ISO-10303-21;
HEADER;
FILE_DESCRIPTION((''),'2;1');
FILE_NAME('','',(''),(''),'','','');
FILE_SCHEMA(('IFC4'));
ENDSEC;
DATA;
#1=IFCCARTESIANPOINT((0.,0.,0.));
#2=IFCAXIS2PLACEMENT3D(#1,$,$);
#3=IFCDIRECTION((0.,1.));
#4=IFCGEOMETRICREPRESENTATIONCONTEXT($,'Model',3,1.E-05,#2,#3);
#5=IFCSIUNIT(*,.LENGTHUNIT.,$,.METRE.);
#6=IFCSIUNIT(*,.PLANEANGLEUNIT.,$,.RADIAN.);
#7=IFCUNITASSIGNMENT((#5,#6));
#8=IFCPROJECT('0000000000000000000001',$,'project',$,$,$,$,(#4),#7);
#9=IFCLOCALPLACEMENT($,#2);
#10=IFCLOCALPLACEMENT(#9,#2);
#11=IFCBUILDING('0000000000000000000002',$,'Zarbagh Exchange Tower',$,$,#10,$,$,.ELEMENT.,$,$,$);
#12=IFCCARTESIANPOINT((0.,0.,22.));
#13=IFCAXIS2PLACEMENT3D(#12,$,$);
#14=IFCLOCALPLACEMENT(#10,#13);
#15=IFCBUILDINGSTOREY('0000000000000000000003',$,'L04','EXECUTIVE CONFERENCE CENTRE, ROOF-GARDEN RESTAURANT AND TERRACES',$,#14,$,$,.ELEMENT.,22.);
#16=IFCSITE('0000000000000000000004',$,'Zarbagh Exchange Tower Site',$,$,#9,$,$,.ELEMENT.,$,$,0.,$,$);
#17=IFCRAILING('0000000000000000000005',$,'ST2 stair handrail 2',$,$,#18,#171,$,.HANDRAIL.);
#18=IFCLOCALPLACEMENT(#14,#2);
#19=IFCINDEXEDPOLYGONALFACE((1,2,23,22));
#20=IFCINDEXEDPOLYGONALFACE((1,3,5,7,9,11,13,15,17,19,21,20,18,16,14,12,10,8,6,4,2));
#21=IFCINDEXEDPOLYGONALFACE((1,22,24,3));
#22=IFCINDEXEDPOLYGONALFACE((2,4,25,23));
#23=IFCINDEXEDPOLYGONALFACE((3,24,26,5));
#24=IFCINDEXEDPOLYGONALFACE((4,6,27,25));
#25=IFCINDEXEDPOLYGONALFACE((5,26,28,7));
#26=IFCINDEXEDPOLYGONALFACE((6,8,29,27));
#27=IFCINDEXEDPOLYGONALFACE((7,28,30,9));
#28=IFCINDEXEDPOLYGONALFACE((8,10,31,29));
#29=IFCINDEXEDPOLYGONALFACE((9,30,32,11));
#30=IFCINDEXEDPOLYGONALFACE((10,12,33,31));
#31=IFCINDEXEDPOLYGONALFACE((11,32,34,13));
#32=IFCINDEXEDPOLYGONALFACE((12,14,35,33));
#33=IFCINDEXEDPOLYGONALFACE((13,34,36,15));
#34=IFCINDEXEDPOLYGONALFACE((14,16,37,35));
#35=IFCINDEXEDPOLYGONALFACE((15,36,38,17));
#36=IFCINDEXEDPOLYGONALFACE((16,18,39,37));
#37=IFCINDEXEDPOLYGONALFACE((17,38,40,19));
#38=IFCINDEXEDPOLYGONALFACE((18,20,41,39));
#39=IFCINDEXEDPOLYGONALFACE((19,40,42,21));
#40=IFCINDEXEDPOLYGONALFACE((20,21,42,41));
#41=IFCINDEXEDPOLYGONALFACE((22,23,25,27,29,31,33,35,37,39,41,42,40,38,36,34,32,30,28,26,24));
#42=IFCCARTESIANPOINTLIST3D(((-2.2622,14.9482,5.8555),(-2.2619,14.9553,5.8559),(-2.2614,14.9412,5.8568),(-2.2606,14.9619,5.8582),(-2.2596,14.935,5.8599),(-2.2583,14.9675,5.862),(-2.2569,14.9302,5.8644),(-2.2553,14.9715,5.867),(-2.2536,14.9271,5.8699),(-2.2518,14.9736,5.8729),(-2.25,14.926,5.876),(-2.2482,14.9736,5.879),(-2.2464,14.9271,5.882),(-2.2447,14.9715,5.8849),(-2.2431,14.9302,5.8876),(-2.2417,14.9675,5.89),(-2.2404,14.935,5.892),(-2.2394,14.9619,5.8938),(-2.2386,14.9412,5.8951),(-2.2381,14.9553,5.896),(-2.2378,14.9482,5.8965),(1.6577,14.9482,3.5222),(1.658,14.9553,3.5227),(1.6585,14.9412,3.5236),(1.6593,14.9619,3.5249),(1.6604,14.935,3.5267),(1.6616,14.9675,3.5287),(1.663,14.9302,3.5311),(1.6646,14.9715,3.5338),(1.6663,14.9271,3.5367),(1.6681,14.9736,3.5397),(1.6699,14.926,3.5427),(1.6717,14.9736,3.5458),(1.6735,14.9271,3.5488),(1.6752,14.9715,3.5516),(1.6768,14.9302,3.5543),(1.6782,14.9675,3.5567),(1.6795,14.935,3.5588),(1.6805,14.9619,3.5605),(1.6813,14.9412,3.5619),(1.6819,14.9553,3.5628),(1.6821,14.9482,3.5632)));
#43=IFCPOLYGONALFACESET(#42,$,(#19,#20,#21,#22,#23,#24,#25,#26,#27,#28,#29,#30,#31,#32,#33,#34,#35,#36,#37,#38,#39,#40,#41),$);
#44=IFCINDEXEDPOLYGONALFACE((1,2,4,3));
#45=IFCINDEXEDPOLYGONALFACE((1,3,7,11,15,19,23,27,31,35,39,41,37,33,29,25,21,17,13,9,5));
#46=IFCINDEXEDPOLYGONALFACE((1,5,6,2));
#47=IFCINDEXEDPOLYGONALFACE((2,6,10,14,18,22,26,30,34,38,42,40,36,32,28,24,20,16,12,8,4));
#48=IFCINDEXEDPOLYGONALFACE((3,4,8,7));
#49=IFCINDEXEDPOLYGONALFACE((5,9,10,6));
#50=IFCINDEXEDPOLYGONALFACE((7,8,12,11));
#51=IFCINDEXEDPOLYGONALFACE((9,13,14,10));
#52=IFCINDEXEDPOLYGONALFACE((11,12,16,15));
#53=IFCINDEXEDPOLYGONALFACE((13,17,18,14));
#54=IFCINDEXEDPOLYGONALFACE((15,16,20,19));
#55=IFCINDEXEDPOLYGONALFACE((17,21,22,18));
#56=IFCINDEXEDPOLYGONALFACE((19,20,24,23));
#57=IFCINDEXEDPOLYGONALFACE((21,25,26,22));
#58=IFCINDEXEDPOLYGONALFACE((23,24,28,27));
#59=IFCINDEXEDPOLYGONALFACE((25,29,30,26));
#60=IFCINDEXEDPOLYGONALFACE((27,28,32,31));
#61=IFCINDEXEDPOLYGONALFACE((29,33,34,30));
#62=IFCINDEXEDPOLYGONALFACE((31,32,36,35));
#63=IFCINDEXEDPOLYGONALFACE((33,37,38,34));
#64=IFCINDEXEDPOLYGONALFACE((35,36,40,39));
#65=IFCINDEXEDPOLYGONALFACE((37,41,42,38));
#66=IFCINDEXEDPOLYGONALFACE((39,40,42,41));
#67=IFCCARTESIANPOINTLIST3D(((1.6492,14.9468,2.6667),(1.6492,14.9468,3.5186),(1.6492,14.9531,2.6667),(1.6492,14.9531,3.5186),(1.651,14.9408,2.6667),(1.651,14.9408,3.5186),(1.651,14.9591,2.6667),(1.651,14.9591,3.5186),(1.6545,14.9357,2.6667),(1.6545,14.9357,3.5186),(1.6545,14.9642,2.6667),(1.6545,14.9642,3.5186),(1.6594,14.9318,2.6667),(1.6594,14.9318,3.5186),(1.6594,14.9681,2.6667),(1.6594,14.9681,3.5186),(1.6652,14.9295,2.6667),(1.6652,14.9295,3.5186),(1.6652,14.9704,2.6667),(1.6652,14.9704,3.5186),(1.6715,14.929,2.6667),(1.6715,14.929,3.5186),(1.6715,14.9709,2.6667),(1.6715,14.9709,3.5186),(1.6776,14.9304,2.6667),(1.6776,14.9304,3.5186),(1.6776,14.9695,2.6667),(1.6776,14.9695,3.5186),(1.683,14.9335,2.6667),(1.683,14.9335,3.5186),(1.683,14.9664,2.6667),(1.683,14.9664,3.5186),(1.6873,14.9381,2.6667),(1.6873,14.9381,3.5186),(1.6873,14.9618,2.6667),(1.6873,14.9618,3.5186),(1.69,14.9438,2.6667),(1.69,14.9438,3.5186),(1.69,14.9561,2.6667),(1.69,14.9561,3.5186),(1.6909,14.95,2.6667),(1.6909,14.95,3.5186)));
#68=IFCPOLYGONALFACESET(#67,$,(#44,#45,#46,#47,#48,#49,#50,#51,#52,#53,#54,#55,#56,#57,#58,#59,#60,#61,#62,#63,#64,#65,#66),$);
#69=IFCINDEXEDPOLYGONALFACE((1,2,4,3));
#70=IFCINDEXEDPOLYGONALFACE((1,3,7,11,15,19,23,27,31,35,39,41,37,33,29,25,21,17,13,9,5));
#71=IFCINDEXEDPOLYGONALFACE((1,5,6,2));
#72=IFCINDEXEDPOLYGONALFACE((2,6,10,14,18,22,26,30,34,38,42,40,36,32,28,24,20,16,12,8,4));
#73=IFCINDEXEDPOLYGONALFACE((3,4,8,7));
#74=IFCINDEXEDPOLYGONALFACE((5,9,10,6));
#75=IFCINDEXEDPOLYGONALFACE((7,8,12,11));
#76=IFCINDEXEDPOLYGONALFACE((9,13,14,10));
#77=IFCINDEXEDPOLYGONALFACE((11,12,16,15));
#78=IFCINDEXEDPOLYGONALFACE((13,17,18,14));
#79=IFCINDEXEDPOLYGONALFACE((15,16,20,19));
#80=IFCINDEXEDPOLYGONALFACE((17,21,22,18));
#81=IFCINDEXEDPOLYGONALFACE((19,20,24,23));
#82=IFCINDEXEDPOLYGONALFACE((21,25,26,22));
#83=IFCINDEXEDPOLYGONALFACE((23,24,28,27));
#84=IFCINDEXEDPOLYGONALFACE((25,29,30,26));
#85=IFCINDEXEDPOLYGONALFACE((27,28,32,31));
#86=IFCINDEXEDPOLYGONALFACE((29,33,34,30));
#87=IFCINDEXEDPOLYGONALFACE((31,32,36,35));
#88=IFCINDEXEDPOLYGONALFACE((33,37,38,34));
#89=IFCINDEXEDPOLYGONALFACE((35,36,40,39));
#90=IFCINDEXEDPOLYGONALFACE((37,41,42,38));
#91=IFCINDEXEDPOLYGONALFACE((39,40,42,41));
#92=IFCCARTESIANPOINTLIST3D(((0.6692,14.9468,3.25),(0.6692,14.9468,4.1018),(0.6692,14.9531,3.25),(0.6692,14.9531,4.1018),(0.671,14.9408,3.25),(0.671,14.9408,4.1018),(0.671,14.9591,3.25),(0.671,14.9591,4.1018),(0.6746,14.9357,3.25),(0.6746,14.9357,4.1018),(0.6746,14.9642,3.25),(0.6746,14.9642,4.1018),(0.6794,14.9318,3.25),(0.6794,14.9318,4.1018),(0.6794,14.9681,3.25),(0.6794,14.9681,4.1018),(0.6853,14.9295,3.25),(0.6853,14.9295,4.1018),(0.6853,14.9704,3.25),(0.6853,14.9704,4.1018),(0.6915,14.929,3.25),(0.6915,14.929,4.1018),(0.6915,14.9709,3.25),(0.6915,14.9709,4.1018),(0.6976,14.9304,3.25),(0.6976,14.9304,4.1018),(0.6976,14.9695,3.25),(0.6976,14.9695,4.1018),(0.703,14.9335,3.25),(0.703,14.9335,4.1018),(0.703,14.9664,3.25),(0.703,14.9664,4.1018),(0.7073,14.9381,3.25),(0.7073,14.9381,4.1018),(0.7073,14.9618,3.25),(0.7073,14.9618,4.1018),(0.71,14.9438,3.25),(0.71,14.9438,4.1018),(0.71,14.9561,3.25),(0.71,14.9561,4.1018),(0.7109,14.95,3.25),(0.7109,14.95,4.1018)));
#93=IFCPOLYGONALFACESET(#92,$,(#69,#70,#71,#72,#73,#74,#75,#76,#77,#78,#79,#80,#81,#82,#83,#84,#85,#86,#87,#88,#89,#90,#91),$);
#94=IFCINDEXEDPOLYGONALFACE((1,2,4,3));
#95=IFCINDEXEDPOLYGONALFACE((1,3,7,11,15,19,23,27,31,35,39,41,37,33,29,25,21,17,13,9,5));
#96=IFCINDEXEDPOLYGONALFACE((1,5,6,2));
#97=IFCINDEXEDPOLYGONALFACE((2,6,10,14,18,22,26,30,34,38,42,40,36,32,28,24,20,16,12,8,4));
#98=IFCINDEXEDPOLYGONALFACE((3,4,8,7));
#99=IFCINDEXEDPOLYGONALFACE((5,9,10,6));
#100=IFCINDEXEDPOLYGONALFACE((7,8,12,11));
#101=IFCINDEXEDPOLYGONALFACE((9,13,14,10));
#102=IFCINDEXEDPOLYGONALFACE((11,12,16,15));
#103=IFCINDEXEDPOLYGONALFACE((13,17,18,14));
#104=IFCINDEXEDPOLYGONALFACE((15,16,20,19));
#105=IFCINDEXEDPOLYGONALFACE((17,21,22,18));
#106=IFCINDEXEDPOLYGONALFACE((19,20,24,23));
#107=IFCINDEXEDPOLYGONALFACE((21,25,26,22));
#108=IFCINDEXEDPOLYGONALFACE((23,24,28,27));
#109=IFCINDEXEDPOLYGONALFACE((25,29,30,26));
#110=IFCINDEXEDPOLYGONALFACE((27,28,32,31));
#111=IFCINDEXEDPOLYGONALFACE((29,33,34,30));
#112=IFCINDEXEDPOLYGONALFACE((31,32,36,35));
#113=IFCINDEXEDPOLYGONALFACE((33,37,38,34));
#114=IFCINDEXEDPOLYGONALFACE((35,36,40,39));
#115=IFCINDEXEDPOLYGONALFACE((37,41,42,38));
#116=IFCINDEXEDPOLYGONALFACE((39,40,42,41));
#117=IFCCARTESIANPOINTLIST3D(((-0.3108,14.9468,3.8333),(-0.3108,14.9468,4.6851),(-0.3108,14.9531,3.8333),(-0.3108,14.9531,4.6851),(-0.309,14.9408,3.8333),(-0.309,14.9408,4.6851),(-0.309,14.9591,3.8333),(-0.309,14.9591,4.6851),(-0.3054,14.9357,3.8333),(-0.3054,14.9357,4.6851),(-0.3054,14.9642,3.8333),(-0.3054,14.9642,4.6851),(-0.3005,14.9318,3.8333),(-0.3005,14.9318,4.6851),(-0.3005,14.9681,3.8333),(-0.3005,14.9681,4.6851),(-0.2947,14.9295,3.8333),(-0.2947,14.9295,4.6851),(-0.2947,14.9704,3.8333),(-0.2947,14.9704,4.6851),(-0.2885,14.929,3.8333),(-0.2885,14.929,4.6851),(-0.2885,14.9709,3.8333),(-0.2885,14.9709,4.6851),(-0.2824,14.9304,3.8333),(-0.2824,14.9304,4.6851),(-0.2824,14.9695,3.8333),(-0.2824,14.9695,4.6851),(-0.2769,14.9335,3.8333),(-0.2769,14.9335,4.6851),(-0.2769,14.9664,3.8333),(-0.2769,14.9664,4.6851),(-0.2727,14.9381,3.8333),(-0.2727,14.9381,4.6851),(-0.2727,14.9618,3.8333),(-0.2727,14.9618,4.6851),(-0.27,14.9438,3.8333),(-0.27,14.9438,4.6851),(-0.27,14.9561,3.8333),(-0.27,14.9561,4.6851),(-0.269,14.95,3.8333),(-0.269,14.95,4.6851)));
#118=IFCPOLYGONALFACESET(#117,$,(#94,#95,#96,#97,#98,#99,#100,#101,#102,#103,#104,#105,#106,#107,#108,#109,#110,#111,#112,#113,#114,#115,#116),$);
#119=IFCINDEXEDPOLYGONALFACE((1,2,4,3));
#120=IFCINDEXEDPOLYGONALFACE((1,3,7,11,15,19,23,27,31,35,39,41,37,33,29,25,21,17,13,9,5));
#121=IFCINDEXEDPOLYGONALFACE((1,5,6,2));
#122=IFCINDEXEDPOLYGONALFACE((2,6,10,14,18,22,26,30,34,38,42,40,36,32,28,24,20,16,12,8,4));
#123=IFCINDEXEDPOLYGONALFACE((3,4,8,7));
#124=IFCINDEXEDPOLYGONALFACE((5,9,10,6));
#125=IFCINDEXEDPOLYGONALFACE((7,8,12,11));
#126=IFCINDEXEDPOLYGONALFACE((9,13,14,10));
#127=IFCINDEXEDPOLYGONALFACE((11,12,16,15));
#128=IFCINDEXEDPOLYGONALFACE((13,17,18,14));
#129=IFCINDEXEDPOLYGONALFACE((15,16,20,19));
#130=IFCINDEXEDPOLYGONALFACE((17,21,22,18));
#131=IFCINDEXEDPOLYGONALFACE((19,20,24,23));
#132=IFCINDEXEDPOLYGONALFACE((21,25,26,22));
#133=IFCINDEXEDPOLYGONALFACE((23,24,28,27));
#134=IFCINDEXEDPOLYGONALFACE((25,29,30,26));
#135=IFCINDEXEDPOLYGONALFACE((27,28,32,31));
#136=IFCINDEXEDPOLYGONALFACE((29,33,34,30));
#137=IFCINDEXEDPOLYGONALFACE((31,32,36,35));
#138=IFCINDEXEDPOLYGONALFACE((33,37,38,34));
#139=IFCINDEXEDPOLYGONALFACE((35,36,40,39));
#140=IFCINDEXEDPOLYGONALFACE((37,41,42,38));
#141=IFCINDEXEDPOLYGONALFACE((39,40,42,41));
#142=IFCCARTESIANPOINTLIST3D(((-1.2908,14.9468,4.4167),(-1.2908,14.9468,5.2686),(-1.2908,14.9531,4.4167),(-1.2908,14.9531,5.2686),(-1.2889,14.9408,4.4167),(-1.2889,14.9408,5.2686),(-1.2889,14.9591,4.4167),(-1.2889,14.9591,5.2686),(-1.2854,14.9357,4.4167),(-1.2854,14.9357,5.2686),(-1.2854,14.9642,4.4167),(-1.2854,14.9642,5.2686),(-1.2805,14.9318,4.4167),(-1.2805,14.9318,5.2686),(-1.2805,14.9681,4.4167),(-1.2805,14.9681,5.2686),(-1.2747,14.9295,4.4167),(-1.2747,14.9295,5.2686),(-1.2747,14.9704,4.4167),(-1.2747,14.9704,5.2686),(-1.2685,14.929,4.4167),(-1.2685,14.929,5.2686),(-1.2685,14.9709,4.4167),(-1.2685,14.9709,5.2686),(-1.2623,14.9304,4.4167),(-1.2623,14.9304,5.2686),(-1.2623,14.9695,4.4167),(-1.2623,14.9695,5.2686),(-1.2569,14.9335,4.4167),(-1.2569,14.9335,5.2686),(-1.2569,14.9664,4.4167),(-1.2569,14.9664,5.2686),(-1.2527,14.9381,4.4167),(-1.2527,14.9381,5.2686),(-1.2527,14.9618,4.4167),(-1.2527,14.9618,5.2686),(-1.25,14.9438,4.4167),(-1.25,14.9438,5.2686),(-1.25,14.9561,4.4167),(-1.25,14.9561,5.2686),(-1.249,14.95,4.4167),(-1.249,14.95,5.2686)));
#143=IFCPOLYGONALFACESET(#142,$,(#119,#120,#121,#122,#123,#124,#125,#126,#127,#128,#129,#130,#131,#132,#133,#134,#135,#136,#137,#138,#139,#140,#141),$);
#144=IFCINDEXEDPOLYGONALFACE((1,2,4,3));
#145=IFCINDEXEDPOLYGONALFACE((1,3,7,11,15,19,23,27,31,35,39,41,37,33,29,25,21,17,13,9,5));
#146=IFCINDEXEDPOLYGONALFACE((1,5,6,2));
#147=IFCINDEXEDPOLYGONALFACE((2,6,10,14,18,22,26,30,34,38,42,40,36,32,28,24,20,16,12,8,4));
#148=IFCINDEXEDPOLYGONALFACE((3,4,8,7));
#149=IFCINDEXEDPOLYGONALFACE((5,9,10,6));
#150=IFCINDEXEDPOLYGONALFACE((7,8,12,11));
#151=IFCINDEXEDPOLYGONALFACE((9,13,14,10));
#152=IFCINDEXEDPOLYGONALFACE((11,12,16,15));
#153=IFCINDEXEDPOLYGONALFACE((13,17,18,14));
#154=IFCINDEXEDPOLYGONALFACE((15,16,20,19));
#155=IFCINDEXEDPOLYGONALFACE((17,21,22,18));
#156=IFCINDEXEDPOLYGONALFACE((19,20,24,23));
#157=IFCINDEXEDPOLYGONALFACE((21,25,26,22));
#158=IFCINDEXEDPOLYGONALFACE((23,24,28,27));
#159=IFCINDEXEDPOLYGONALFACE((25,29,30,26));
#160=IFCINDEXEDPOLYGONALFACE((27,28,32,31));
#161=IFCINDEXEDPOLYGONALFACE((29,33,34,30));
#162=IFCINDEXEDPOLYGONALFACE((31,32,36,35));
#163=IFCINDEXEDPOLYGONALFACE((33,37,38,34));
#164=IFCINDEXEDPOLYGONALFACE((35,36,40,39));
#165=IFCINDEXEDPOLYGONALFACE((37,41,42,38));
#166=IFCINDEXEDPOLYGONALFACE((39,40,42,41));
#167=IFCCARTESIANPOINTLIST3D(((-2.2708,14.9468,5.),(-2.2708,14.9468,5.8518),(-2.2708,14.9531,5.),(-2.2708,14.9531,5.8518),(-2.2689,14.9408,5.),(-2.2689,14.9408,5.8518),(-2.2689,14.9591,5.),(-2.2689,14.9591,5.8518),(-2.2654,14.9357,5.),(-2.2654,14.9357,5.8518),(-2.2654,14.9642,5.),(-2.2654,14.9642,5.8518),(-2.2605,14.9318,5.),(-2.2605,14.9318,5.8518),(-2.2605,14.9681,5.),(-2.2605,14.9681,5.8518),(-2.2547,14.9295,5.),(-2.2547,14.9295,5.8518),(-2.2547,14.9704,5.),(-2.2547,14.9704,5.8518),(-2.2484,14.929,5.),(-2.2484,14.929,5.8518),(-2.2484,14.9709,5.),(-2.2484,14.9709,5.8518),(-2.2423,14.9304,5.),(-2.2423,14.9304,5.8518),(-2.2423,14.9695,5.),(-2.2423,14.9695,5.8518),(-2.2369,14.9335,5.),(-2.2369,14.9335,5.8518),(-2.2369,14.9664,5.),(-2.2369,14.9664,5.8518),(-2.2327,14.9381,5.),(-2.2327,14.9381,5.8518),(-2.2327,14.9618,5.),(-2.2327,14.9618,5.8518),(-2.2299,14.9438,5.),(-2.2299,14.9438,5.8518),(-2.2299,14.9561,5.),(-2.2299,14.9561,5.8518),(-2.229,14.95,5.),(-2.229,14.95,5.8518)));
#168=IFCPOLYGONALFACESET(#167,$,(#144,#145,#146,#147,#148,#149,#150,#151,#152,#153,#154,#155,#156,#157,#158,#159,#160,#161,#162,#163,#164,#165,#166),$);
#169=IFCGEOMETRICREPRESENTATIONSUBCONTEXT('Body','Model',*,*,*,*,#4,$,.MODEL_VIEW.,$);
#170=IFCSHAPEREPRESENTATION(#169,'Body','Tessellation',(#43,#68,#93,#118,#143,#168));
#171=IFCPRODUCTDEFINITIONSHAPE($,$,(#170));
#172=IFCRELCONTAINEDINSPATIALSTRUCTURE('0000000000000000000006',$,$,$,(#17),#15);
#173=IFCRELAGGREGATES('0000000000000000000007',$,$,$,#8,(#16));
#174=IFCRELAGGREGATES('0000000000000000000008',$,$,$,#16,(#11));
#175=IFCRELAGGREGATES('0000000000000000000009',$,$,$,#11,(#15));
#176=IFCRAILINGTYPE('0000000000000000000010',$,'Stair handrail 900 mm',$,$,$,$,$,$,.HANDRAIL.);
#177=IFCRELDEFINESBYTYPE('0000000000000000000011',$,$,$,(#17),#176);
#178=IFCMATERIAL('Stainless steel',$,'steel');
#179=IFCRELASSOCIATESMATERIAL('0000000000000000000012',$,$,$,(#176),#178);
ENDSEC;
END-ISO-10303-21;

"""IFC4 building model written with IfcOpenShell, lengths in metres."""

from ifc_helpers import new_model, si_unit, direction, frame, origin, origin_2d, place, context, subcontext, project, spatial, circle, extrude, material, type_object, element, save


model = new_model("IFC4")

# Units and contexts
model_context = context("Model", 3, precision=1e-05, world=origin(), true_north=direction((0.0, 1.0)))
body_context = subcontext(model_context, "Body", "Model", "MODEL_VIEW")
ifc_project = project(units=[si_unit("LENGTHUNIT", "METRE"), si_unit("PLANEANGLEUNIT", "RADIAN")], contexts=[model_context])

# Site, building, storey
site_placement = place(None, origin())
site = spatial("IfcSite", under=ifc_project, at=site_placement, Name="Zarbagh Exchange Tower Site", CompositionType="ELEMENT", RefElevation=0.0)
building_placement = place(site_placement, origin())
building = spatial("IfcBuilding", under=site, at=building_placement, Name="Zarbagh Exchange Tower", CompositionType="ELEMENT")
storey_placement = place(building_placement, frame((0.0, 0.0, 22.0)))
storey = spatial("IfcBuildingStorey", under=building, at=storey_placement, Name="L04", Description="EXECUTIVE CONFERENCE CENTRE, ROOF-GARDEN RESTAURANT AND TERRACES", CompositionType="ELEMENT", Elevation=22.0)

# Railing
ifc_material_1 = material(Name="Stainless steel", Category="steel")
railing_type_1 = type_object("IfcRailingType", Name="Stair handrail 900 mm", PredefinedType="HANDRAIL", material=ifc_material_1)
railing_1_placement = place(storey_placement, frame((1.6699, 14.95, 2.6667)))
element("IfcRailing", 1, at=railing_1_placement, inside=storey, type_object=railing_type_1, Name="ST2 stair handrail 2", PredefinedType="HANDRAIL", context=body_context, shape_type="SweptSolid", body=[
    extrude(circle(Radius=0.0239, at=origin_2d()), frame((0.0, 0.0, 0.876), z_axis=(-0.859296, 0.0, 0.511478), x_axis=(0.0, -1.0, 0.0)), (0.0, 0.0, 1.0), 4.5618),
    extrude(circle(Radius=0.021, at=origin_2d()), origin(), (0.0, 0.0, 1.0), 0.8518),
    extrude(circle(Radius=0.021, at=origin_2d()), frame((-0.98, 0.0, 0.5833)), (0.0, 0.0, 1.0), 0.8518),
    extrude(circle(Radius=0.021, at=origin_2d()), frame((-1.96, 0.0, 1.1665)), (0.0, 0.0, 1.0), 0.8518),
    extrude(circle(Radius=0.021, at=origin_2d()), frame((-2.9399, 0.0, 1.75)), (0.0, 0.0, 1.0), 0.8518),
    extrude(circle(Radius=0.021, at=origin_2d()), frame((-3.9199, 0.0, 2.3333)), (0.0, 0.0, 1.0), 0.8518),
])

save(model, "model.ifc")
